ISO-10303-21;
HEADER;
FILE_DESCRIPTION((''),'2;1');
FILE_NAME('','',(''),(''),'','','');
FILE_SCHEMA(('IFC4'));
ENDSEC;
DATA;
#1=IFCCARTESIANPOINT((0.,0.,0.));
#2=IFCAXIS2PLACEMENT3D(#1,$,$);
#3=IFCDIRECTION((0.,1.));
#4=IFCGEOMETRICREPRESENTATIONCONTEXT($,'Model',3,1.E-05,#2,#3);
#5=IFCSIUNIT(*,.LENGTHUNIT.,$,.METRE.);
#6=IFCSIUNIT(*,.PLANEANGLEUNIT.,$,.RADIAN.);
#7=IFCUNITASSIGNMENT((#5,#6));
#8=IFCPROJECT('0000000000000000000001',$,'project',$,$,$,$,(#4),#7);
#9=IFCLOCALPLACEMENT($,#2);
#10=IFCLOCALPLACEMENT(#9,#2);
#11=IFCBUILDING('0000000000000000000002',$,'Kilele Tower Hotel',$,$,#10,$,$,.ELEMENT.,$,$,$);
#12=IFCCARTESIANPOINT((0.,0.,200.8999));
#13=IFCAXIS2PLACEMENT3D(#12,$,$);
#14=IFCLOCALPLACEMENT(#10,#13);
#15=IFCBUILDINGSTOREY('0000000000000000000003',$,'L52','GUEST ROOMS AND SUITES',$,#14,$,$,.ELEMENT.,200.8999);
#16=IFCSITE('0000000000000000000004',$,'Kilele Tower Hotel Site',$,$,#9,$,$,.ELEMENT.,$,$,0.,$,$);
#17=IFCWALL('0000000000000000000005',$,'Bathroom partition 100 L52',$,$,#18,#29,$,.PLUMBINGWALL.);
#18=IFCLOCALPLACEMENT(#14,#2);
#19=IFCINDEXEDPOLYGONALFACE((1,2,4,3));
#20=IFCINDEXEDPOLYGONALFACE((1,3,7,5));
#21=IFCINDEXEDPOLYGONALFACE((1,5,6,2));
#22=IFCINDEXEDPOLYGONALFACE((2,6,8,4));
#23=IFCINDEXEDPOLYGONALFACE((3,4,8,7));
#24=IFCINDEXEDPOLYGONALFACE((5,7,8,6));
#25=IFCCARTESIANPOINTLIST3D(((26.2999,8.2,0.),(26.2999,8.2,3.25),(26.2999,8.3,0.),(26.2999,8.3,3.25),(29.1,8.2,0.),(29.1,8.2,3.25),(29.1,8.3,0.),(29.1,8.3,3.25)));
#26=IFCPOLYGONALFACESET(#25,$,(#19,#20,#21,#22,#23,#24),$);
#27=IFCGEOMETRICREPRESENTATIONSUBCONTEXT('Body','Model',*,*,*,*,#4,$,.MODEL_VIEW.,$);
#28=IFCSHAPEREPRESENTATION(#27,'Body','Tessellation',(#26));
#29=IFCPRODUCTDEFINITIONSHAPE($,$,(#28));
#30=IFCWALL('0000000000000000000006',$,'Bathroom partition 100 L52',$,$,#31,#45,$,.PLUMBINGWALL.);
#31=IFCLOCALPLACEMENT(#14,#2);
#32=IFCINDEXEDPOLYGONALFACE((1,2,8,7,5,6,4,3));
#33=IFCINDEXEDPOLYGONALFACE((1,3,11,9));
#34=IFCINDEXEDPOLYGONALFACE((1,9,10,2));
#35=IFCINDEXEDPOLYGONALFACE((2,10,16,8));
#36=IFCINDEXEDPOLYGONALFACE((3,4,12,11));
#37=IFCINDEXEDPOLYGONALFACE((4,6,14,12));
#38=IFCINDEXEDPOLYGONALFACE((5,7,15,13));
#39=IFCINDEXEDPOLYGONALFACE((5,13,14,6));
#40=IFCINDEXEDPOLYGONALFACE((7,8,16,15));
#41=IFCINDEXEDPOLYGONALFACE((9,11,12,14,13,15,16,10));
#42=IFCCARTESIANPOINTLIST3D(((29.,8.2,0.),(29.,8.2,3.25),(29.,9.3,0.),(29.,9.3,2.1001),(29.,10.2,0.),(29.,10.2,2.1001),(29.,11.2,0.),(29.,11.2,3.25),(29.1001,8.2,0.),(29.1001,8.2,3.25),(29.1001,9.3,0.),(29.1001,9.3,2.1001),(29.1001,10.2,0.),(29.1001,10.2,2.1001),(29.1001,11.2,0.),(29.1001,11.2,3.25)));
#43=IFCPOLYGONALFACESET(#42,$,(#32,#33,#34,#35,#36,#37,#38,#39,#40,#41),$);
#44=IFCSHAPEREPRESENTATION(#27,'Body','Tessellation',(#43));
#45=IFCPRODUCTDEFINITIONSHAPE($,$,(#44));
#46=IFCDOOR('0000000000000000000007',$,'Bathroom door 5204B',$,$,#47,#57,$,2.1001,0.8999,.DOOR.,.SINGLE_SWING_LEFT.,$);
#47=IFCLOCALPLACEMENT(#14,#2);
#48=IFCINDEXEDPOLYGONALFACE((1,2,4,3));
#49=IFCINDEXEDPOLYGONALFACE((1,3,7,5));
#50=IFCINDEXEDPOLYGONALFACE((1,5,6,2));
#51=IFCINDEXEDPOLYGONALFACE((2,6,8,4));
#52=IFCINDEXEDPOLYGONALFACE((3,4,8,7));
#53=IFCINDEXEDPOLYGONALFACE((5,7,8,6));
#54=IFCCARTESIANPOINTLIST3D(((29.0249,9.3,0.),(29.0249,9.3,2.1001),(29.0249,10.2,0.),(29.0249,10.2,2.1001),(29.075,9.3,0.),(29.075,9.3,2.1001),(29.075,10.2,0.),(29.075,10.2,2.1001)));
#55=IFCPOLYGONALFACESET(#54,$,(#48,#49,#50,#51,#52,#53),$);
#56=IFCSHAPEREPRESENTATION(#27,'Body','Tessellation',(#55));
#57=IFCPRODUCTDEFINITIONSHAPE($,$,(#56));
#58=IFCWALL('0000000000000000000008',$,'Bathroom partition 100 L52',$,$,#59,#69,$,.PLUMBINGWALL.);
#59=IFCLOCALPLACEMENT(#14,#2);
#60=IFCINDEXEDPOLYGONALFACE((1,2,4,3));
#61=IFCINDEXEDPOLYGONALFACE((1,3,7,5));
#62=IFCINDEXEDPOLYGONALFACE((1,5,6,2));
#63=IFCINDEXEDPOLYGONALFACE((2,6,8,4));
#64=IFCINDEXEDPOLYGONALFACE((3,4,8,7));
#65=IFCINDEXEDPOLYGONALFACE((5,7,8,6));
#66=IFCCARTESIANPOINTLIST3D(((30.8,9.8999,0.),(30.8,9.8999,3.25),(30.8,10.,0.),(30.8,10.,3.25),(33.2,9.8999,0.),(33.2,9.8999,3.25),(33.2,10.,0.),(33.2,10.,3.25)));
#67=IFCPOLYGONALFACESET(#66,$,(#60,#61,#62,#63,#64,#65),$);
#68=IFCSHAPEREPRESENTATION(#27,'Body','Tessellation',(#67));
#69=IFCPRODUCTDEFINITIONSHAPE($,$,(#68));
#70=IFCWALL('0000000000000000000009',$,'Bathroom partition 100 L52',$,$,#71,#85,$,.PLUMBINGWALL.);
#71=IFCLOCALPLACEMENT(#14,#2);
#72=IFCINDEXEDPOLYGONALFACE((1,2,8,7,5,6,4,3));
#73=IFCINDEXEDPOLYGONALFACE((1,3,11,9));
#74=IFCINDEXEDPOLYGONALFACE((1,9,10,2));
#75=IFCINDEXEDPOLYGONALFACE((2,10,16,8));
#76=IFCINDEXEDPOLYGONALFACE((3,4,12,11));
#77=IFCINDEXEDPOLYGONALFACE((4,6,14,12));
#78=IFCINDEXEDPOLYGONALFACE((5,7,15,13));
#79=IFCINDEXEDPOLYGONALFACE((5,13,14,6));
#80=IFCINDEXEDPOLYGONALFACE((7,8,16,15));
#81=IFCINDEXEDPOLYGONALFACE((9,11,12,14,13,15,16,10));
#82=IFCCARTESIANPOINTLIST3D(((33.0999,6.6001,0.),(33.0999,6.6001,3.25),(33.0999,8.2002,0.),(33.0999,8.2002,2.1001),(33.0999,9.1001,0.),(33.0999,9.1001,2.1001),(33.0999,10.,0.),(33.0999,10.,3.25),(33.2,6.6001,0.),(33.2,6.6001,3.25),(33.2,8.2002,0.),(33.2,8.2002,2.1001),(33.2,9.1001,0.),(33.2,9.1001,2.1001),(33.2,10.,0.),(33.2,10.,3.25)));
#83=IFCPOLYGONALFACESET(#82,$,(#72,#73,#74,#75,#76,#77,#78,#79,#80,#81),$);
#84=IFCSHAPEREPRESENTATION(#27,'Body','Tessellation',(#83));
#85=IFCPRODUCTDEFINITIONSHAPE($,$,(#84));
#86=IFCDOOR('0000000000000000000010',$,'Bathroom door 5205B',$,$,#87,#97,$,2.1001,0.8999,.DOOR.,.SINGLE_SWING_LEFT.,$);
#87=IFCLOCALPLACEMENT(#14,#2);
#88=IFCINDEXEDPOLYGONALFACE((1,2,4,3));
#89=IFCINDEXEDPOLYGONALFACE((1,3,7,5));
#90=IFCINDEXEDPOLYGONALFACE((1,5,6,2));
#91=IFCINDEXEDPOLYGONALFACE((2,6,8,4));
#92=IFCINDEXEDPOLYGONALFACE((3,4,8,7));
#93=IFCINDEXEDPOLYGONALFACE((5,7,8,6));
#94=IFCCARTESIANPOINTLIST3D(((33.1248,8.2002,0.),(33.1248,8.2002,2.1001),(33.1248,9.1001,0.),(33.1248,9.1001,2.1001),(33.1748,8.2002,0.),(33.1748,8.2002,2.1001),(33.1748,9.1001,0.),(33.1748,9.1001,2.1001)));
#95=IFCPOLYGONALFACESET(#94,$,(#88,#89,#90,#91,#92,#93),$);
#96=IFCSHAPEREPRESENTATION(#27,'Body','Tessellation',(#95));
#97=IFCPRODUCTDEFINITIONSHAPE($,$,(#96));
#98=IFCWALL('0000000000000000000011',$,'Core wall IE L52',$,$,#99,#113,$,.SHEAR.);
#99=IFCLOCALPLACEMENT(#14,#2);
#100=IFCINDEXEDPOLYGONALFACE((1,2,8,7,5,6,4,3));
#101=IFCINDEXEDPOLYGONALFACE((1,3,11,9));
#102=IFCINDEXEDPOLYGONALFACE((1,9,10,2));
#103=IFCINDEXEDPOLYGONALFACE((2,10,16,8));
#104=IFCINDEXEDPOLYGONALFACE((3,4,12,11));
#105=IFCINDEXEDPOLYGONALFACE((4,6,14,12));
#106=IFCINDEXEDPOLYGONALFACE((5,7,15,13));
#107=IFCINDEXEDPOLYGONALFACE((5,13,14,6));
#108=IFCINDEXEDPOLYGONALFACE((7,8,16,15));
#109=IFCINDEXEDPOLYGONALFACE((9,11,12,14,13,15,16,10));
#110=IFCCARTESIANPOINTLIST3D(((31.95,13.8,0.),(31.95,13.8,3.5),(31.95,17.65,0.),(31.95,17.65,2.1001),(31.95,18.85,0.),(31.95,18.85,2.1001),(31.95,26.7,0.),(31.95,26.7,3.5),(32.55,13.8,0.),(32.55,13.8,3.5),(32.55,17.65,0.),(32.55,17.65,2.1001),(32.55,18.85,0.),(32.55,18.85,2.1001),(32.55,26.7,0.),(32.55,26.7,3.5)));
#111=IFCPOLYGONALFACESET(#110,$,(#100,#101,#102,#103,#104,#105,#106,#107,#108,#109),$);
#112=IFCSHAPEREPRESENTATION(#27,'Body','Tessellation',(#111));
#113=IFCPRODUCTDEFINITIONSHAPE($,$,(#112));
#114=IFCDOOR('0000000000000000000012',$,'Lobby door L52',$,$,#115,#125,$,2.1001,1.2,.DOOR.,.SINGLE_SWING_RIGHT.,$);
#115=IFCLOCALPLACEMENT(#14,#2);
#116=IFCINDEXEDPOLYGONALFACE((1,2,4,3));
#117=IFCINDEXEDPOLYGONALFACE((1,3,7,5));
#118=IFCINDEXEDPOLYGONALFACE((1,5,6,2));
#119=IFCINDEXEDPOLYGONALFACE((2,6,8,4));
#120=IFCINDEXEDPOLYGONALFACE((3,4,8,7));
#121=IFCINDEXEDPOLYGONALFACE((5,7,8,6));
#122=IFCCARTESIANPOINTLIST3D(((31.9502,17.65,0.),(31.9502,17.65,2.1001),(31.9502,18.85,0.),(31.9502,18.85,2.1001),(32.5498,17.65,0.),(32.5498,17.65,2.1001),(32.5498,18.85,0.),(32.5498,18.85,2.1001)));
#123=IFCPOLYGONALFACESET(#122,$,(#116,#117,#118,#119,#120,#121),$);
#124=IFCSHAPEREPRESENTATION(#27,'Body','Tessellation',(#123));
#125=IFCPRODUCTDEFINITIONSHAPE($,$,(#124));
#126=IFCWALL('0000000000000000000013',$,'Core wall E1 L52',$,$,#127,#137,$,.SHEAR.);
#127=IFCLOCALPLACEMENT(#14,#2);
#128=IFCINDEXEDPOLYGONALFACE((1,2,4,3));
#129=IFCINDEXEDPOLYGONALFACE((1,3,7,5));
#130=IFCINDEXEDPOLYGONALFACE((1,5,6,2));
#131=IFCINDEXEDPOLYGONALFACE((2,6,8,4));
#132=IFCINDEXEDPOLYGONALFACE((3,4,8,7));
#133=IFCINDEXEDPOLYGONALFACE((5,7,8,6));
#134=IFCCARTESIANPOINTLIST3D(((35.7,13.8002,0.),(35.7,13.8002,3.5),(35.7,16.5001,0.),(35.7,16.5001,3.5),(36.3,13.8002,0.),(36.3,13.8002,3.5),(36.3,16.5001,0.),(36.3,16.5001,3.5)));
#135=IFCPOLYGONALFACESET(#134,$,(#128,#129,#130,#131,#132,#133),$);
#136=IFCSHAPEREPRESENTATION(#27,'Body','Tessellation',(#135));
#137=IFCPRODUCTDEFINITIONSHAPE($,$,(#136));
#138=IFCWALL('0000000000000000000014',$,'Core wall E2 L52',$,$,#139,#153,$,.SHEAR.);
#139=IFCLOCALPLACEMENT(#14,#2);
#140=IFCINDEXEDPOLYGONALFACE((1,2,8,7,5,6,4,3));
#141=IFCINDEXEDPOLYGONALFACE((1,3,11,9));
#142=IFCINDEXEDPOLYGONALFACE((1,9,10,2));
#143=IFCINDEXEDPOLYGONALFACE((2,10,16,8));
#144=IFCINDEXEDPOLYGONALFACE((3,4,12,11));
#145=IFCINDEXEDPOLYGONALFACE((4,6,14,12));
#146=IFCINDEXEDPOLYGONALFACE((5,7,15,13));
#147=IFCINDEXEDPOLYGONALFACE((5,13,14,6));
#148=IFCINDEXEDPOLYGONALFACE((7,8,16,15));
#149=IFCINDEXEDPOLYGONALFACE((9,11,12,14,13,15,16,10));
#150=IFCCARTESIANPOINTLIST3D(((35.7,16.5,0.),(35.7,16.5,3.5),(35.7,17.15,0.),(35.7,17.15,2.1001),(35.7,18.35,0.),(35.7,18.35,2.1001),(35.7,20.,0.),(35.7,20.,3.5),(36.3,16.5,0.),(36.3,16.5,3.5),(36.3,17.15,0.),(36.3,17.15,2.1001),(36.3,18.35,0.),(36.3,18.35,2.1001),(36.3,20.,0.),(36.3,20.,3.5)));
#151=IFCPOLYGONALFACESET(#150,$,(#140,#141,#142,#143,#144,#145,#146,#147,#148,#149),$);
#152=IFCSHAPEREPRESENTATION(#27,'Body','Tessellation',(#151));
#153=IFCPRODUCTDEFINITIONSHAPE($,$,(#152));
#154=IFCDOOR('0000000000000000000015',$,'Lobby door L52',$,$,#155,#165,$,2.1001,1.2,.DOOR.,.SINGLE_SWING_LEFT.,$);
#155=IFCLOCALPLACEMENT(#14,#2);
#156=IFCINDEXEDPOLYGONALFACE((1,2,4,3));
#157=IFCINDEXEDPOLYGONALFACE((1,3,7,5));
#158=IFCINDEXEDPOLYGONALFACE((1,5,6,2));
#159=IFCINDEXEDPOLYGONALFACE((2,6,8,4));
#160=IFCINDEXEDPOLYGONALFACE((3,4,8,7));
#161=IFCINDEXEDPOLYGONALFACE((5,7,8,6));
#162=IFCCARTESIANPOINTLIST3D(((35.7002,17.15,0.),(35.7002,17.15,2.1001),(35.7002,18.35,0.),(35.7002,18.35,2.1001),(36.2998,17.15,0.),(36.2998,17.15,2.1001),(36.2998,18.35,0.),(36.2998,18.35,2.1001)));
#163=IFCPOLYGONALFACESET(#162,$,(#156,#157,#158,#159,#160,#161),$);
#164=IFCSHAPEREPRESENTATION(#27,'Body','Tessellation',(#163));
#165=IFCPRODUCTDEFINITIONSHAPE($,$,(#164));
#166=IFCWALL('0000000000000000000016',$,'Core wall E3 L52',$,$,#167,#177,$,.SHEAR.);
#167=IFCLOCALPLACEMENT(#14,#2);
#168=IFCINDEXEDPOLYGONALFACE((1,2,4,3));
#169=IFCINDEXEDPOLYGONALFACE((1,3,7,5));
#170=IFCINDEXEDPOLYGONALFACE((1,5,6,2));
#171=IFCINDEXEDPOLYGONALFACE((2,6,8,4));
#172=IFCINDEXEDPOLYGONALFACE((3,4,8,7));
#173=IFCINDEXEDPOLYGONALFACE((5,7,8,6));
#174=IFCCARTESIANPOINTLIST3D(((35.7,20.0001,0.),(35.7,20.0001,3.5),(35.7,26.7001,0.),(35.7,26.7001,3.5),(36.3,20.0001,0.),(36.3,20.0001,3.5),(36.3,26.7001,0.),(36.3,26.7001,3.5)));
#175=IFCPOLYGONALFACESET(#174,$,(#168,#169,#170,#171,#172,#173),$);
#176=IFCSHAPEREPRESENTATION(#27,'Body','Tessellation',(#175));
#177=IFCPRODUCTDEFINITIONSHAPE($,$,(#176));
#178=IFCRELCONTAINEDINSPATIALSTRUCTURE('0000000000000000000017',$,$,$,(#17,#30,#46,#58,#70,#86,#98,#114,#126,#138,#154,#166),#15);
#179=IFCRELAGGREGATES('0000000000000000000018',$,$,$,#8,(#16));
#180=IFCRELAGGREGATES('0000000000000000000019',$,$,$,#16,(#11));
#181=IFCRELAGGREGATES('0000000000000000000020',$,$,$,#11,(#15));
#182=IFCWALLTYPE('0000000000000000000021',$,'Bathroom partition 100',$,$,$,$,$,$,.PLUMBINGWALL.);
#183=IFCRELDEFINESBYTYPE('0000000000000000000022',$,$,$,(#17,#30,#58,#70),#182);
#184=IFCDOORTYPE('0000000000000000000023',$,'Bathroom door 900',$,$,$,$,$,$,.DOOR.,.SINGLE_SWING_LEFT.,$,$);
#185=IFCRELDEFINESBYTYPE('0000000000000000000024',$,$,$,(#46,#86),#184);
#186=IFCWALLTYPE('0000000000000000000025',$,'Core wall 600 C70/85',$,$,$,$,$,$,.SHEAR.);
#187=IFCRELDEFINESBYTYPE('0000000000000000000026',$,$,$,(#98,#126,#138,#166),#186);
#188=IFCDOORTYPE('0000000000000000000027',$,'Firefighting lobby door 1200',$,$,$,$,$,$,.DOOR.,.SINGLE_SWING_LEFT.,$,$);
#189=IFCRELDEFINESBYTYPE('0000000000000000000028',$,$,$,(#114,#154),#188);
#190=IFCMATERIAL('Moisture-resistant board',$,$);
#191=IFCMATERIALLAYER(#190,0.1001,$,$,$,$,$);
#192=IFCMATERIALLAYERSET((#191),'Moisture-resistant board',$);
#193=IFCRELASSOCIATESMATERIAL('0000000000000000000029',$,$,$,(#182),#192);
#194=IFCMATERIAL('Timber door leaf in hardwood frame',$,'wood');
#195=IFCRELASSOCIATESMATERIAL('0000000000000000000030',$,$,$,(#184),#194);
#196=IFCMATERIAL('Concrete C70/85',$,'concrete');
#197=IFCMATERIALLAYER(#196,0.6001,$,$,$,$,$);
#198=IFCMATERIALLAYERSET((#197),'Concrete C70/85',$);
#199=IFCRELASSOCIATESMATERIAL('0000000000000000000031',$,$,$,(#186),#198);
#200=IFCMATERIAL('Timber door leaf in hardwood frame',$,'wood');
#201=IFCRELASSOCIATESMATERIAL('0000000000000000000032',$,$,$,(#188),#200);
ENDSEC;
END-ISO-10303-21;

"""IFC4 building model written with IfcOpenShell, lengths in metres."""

from ifc_helpers import new_model, si_unit, direction, frame, frame_2d, origin, place, context, subcontext, project, spatial, rectangle, extrude, material, layer, layer_set, type_object, element, fill, save


model = new_model("IFC4")

# Units and contexts
model_context = context("Model", 3, precision=1e-05, world=origin(), true_north=direction((0.0, 1.0)))
body_context = subcontext(model_context, "Body", "Model", "MODEL_VIEW")
ifc_project = project(units=[si_unit("LENGTHUNIT", "METRE"), si_unit("PLANEANGLEUNIT", "RADIAN")], contexts=[model_context])

# Site, building, storey
site_placement = place(None, origin())
site = spatial("IfcSite", under=ifc_project, at=site_placement, Name="Kilele Tower Hotel Site", CompositionType="ELEMENT", RefElevation=0.0)
building_placement = place(site_placement, origin())
building = spatial("IfcBuilding", under=site, at=building_placement, Name="Kilele Tower Hotel", CompositionType="ELEMENT")
storey_placement = place(building_placement, frame((0.0, 0.0, 200.8999)))
storey = spatial("IfcBuildingStorey", under=building, at=storey_placement, Name="L52", Description="GUEST ROOMS AND SUITES", CompositionType="ELEMENT", Elevation=200.8999)

# Wall
ifc_material_1 = material(Name="Moisture-resistant board")
ifc_layer_1 = layer(ifc_material_1, 0.1001)
ifc_layer_set_1 = layer_set([ifc_layer_1], Name="Moisture-resistant board")
wall_type_1 = type_object("IfcWallType", Name="Bathroom partition 100", PredefinedType="PLUMBINGWALL", material=ifc_layer_set_1)
wall_1_placement = place(storey_placement, frame((26.3, 8.25, 0.0), z_axis=(0.0, 0.0, 1.0), x_axis=(1.0, 0.0, 0.0)))
element("IfcWall", 1, at=wall_1_placement, inside=storey, type_object=wall_type_1, Name="Bathroom partition 100 L52", PredefinedType="PLUMBINGWALL", context=body_context, shape_type="SweptSolid", body=[
    extrude(rectangle(XDim=2.8, YDim=0.1001, at=frame_2d((1.3999, 0.0))), origin(), (0.0, 0.0, 1.0), 3.25),
])

# Wall, opening, door
wall_2_placement = place(storey_placement, frame((29.05, 11.2, 0.0), z_axis=(0.0, 0.0, 1.0), x_axis=(0.0, -1.0, 0.0)))
wall_2 = element("IfcWall", 2, at=wall_2_placement, inside=storey, type_object=wall_type_1, Name="Bathroom partition 100 L52", PredefinedType="PLUMBINGWALL", context=body_context, shape_type="SweptSolid", body=[
    extrude(rectangle(XDim=3.0, YDim=0.1001, at=frame_2d((1.5, 0.0))), origin(), (0.0, 0.0, 1.0), 3.25),
])
opening_1_placement = place(wall_2_placement, frame((1.0, 0.0, 0.0)))
opening_1 = element("IfcOpeningElement", 3, at=opening_1_placement, cuts=wall_2, PredefinedType="OPENING", context=body_context, shape_type="SweptSolid", body=[
    extrude(rectangle(XDim=0.8999, YDim=2.1001, at=frame_2d((0.45, 1.05))), frame((0.0, 0.0601, 0.0), z_axis=(0.0, -1.0, 0.0), x_axis=(1.0, 0.0, 0.0)), (0.0, 0.0, 1.0), 0.1201),
])
ifc_material_2 = material(Name="Timber door leaf in hardwood frame", Category="wood")
door_type_1 = type_object("IfcDoorType", Name="Bathroom door 900", OperationType="SINGLE_SWING_LEFT", PredefinedType="DOOR", material=ifc_material_2)
door_1_placement = place(opening_1_placement, origin())
door_1 = element("IfcDoor", 4, at=door_1_placement, inside=storey, type_object=door_type_1, Name="Bathroom door 5204B", OperationType="SINGLE_SWING_LEFT", OverallHeight=2.1001, OverallWidth=0.8999, PredefinedType="DOOR", context=body_context, shape_type="SweptSolid", body=[
    extrude(rectangle(XDim=0.8999, YDim=2.1001, at=frame_2d((0.45, 1.05))), frame((0.0, 0.0249, 0.0), z_axis=(0.0, -1.0, 0.0), x_axis=(1.0, 0.0, 0.0)), (0.0, 0.0, 1.0), 0.05),
])
fill(opening_1, door_1)

# Wall
wall_3_placement = place(storey_placement, frame((30.8, 9.95, 0.0), z_axis=(0.0, 0.0, 1.0), x_axis=(1.0, 0.0, 0.0)))
element("IfcWall", 5, at=wall_3_placement, inside=storey, type_object=wall_type_1, Name="Bathroom partition 100 L52", PredefinedType="PLUMBINGWALL", context=body_context, shape_type="SweptSolid", body=[
    extrude(rectangle(XDim=2.3999, YDim=0.1001, at=frame_2d((1.2, 0.0))), origin(), (0.0, 0.0, 1.0), 3.25),
])

# Walls, openings, doors
wall_4_placement = place(storey_placement, frame((33.1499, 10.0, 0.0), z_axis=(0.0, 0.0, 1.0), x_axis=(0.0, -1.0, 0.0)))
wall_4 = element("IfcWall", 6, at=wall_4_placement, inside=storey, type_object=wall_type_1, Name="Bathroom partition 100 L52", PredefinedType="PLUMBINGWALL", context=body_context, shape_type="SweptSolid", body=[
    extrude(rectangle(XDim=3.3999, YDim=0.1001, at=frame_2d((1.7, 0.0))), origin(), (0.0, 0.0, 1.0), 3.25),
])
opening_2_placement = place(wall_4_placement, frame((0.8999, 0.0, 0.0)))
opening_2 = element("IfcOpeningElement", 7, at=opening_2_placement, cuts=wall_4, PredefinedType="OPENING", context=body_context, shape_type="SweptSolid", body=[
    extrude(rectangle(XDim=0.8999, YDim=2.1001, at=frame_2d((0.45, 1.05))), frame((0.0, 0.0601, 0.0), z_axis=(0.0, -1.0, 0.0), x_axis=(1.0, 0.0, 0.0)), (0.0, 0.0, 1.0), 0.1201),
])
door_2_placement = place(opening_2_placement, origin())
door_2 = element("IfcDoor", 8, at=door_2_placement, inside=storey, type_object=door_type_1, Name="Bathroom door 5205B", OperationType="SINGLE_SWING_LEFT", OverallHeight=2.1001, OverallWidth=0.8999, PredefinedType="DOOR", context=body_context, shape_type="SweptSolid", body=[
    extrude(rectangle(XDim=0.8999, YDim=2.1001, at=frame_2d((0.45, 1.05))), frame((0.0, 0.0249, 0.0), z_axis=(0.0, -1.0, 0.0), x_axis=(1.0, 0.0, 0.0)), (0.0, 0.0, 1.0), 0.05),
])
fill(opening_2, door_2)
ifc_material_3 = material(Name="Concrete C70/85", Category="concrete")
ifc_layer_2 = layer(ifc_material_3, 0.6001)
ifc_layer_set_2 = layer_set([ifc_layer_2], Name="Concrete C70/85")
wall_type_2 = type_object("IfcWallType", Name="Core wall 600 C70/85", PredefinedType="SHEAR", material=ifc_layer_set_2)
wall_5_placement = place(storey_placement, frame((32.25, 13.8, 0.0), z_axis=(0.0, 0.0, 1.0), x_axis=(0.0, 1.0, 0.0)))
wall_5 = element("IfcWall", 9, at=wall_5_placement, inside=storey, type_object=wall_type_2, Name="Core wall IE L52", PredefinedType="SHEAR", context=body_context, shape_type="SweptSolid", body=[
    extrude(rectangle(XDim=12.8999, YDim=0.6001, at=frame_2d((6.45, 0.0))), origin(), (0.0, 0.0, 1.0), 3.5),
])
opening_3_placement = place(wall_5_placement, frame((5.05, 0.0, 0.0), z_axis=(0.0, 0.0, 1.0), x_axis=(-1.0, 0.0, 0.0)))
opening_3 = element("IfcOpeningElement", 10, at=opening_3_placement, cuts=wall_5, PredefinedType="OPENING", context=body_context, shape_type="SweptSolid", body=[
    extrude(rectangle(XDim=1.2, YDim=2.1001, at=frame_2d((0.6001, 1.05))), frame((0.0, 0.3101, 0.0), z_axis=(0.0, -1.0, 0.0), x_axis=(1.0, 0.0, 0.0)), (0.0, 0.0, 1.0), 0.6201),
])
ifc_material_4 = material(Name="Timber door leaf in hardwood frame", Category="wood")
door_type_2 = type_object("IfcDoorType", Name="Firefighting lobby door 1200", OperationType="SINGLE_SWING_LEFT", PredefinedType="DOOR", material=ifc_material_4)
door_3_placement = place(opening_3_placement, origin())
door_3 = element("IfcDoor", 11, at=door_3_placement, inside=storey, type_object=door_type_2, Name="Lobby door L52", OperationType="SINGLE_SWING_RIGHT", OverallHeight=2.1001, OverallWidth=1.2, PredefinedType="DOOR", context=body_context, shape_type="SweptSolid", body=[
    extrude(rectangle(XDim=1.2, YDim=2.1001, at=frame_2d((0.6001, 1.05))), frame((0.0, 0.2998, 0.0), z_axis=(0.0, -1.0, 0.0), x_axis=(1.0, 0.0, 0.0)), (0.0, 0.0, 1.0), 0.5996),
])
fill(opening_3, door_3)

# Wall
wall_6_placement = place(storey_placement, frame((36.0, 13.8, 0.0), z_axis=(0.0, 0.0, 1.0), x_axis=(0.0, 1.0, 0.0)))
element("IfcWall", 12, at=wall_6_placement, inside=storey, type_object=wall_type_2, Name="Core wall E1 L52", PredefinedType="SHEAR", context=body_context, shape_type="SweptSolid", body=[
    extrude(rectangle(XDim=2.7, YDim=0.6001, at=frame_2d((1.3501, 0.0))), origin(), (0.0, 0.0, 1.0), 3.5),
])

# Wall, opening, door
wall_7_placement = place(storey_placement, frame((36.0, 16.5, 0.0), z_axis=(0.0, 0.0, 1.0), x_axis=(0.0, 1.0, 0.0)))
wall_7 = element("IfcWall", 13, at=wall_7_placement, inside=storey, type_object=wall_type_2, Name="Core wall E2 L52", PredefinedType="SHEAR", context=body_context, shape_type="SweptSolid", body=[
    extrude(rectangle(XDim=3.5, YDim=0.6001, at=frame_2d((1.75, 0.0))), origin(), (0.0, 0.0, 1.0), 3.5),
])
opening_4_placement = place(wall_7_placement, frame((0.6499, 0.0, 0.0)))
opening_4 = element("IfcOpeningElement", 14, at=opening_4_placement, cuts=wall_7, PredefinedType="OPENING", context=body_context, shape_type="SweptSolid", body=[
    extrude(rectangle(XDim=1.2, YDim=2.1001, at=frame_2d((0.6001, 1.05))), frame((0.0, 0.3101, 0.0), z_axis=(0.0, -1.0, 0.0), x_axis=(1.0, 0.0, 0.0)), (0.0, 0.0, 1.0), 0.6201),
])
door_4_placement = place(opening_4_placement, origin())
door_4 = element("IfcDoor", 15, at=door_4_placement, inside=storey, type_object=door_type_2, Name="Lobby door L52", OperationType="SINGLE_SWING_LEFT", OverallHeight=2.1001, OverallWidth=1.2, PredefinedType="DOOR", context=body_context, shape_type="SweptSolid", body=[
    extrude(rectangle(XDim=1.2, YDim=2.1001, at=frame_2d((0.6001, 1.05))), frame((0.0, 0.2998, 0.0), z_axis=(0.0, -1.0, 0.0), x_axis=(1.0, 0.0, 0.0)), (0.0, 0.0, 1.0), 0.5996),
])
fill(opening_4, door_4)

# Wall
wall_8_placement = place(storey_placement, frame((36.0, 20.0, 0.0), z_axis=(0.0, 0.0, 1.0), x_axis=(0.0, 1.0, 0.0)))
element("IfcWall", 16, at=wall_8_placement, inside=storey, type_object=wall_type_2, Name="Core wall E3 L52", PredefinedType="SHEAR", context=body_context, shape_type="SweptSolid", body=[
    extrude(rectangle(XDim=6.7, YDim=0.6001, at=frame_2d((3.3501, 0.0))), origin(), (0.0, 0.0, 1.0), 3.5),
])

save(model, "model.ifc")
